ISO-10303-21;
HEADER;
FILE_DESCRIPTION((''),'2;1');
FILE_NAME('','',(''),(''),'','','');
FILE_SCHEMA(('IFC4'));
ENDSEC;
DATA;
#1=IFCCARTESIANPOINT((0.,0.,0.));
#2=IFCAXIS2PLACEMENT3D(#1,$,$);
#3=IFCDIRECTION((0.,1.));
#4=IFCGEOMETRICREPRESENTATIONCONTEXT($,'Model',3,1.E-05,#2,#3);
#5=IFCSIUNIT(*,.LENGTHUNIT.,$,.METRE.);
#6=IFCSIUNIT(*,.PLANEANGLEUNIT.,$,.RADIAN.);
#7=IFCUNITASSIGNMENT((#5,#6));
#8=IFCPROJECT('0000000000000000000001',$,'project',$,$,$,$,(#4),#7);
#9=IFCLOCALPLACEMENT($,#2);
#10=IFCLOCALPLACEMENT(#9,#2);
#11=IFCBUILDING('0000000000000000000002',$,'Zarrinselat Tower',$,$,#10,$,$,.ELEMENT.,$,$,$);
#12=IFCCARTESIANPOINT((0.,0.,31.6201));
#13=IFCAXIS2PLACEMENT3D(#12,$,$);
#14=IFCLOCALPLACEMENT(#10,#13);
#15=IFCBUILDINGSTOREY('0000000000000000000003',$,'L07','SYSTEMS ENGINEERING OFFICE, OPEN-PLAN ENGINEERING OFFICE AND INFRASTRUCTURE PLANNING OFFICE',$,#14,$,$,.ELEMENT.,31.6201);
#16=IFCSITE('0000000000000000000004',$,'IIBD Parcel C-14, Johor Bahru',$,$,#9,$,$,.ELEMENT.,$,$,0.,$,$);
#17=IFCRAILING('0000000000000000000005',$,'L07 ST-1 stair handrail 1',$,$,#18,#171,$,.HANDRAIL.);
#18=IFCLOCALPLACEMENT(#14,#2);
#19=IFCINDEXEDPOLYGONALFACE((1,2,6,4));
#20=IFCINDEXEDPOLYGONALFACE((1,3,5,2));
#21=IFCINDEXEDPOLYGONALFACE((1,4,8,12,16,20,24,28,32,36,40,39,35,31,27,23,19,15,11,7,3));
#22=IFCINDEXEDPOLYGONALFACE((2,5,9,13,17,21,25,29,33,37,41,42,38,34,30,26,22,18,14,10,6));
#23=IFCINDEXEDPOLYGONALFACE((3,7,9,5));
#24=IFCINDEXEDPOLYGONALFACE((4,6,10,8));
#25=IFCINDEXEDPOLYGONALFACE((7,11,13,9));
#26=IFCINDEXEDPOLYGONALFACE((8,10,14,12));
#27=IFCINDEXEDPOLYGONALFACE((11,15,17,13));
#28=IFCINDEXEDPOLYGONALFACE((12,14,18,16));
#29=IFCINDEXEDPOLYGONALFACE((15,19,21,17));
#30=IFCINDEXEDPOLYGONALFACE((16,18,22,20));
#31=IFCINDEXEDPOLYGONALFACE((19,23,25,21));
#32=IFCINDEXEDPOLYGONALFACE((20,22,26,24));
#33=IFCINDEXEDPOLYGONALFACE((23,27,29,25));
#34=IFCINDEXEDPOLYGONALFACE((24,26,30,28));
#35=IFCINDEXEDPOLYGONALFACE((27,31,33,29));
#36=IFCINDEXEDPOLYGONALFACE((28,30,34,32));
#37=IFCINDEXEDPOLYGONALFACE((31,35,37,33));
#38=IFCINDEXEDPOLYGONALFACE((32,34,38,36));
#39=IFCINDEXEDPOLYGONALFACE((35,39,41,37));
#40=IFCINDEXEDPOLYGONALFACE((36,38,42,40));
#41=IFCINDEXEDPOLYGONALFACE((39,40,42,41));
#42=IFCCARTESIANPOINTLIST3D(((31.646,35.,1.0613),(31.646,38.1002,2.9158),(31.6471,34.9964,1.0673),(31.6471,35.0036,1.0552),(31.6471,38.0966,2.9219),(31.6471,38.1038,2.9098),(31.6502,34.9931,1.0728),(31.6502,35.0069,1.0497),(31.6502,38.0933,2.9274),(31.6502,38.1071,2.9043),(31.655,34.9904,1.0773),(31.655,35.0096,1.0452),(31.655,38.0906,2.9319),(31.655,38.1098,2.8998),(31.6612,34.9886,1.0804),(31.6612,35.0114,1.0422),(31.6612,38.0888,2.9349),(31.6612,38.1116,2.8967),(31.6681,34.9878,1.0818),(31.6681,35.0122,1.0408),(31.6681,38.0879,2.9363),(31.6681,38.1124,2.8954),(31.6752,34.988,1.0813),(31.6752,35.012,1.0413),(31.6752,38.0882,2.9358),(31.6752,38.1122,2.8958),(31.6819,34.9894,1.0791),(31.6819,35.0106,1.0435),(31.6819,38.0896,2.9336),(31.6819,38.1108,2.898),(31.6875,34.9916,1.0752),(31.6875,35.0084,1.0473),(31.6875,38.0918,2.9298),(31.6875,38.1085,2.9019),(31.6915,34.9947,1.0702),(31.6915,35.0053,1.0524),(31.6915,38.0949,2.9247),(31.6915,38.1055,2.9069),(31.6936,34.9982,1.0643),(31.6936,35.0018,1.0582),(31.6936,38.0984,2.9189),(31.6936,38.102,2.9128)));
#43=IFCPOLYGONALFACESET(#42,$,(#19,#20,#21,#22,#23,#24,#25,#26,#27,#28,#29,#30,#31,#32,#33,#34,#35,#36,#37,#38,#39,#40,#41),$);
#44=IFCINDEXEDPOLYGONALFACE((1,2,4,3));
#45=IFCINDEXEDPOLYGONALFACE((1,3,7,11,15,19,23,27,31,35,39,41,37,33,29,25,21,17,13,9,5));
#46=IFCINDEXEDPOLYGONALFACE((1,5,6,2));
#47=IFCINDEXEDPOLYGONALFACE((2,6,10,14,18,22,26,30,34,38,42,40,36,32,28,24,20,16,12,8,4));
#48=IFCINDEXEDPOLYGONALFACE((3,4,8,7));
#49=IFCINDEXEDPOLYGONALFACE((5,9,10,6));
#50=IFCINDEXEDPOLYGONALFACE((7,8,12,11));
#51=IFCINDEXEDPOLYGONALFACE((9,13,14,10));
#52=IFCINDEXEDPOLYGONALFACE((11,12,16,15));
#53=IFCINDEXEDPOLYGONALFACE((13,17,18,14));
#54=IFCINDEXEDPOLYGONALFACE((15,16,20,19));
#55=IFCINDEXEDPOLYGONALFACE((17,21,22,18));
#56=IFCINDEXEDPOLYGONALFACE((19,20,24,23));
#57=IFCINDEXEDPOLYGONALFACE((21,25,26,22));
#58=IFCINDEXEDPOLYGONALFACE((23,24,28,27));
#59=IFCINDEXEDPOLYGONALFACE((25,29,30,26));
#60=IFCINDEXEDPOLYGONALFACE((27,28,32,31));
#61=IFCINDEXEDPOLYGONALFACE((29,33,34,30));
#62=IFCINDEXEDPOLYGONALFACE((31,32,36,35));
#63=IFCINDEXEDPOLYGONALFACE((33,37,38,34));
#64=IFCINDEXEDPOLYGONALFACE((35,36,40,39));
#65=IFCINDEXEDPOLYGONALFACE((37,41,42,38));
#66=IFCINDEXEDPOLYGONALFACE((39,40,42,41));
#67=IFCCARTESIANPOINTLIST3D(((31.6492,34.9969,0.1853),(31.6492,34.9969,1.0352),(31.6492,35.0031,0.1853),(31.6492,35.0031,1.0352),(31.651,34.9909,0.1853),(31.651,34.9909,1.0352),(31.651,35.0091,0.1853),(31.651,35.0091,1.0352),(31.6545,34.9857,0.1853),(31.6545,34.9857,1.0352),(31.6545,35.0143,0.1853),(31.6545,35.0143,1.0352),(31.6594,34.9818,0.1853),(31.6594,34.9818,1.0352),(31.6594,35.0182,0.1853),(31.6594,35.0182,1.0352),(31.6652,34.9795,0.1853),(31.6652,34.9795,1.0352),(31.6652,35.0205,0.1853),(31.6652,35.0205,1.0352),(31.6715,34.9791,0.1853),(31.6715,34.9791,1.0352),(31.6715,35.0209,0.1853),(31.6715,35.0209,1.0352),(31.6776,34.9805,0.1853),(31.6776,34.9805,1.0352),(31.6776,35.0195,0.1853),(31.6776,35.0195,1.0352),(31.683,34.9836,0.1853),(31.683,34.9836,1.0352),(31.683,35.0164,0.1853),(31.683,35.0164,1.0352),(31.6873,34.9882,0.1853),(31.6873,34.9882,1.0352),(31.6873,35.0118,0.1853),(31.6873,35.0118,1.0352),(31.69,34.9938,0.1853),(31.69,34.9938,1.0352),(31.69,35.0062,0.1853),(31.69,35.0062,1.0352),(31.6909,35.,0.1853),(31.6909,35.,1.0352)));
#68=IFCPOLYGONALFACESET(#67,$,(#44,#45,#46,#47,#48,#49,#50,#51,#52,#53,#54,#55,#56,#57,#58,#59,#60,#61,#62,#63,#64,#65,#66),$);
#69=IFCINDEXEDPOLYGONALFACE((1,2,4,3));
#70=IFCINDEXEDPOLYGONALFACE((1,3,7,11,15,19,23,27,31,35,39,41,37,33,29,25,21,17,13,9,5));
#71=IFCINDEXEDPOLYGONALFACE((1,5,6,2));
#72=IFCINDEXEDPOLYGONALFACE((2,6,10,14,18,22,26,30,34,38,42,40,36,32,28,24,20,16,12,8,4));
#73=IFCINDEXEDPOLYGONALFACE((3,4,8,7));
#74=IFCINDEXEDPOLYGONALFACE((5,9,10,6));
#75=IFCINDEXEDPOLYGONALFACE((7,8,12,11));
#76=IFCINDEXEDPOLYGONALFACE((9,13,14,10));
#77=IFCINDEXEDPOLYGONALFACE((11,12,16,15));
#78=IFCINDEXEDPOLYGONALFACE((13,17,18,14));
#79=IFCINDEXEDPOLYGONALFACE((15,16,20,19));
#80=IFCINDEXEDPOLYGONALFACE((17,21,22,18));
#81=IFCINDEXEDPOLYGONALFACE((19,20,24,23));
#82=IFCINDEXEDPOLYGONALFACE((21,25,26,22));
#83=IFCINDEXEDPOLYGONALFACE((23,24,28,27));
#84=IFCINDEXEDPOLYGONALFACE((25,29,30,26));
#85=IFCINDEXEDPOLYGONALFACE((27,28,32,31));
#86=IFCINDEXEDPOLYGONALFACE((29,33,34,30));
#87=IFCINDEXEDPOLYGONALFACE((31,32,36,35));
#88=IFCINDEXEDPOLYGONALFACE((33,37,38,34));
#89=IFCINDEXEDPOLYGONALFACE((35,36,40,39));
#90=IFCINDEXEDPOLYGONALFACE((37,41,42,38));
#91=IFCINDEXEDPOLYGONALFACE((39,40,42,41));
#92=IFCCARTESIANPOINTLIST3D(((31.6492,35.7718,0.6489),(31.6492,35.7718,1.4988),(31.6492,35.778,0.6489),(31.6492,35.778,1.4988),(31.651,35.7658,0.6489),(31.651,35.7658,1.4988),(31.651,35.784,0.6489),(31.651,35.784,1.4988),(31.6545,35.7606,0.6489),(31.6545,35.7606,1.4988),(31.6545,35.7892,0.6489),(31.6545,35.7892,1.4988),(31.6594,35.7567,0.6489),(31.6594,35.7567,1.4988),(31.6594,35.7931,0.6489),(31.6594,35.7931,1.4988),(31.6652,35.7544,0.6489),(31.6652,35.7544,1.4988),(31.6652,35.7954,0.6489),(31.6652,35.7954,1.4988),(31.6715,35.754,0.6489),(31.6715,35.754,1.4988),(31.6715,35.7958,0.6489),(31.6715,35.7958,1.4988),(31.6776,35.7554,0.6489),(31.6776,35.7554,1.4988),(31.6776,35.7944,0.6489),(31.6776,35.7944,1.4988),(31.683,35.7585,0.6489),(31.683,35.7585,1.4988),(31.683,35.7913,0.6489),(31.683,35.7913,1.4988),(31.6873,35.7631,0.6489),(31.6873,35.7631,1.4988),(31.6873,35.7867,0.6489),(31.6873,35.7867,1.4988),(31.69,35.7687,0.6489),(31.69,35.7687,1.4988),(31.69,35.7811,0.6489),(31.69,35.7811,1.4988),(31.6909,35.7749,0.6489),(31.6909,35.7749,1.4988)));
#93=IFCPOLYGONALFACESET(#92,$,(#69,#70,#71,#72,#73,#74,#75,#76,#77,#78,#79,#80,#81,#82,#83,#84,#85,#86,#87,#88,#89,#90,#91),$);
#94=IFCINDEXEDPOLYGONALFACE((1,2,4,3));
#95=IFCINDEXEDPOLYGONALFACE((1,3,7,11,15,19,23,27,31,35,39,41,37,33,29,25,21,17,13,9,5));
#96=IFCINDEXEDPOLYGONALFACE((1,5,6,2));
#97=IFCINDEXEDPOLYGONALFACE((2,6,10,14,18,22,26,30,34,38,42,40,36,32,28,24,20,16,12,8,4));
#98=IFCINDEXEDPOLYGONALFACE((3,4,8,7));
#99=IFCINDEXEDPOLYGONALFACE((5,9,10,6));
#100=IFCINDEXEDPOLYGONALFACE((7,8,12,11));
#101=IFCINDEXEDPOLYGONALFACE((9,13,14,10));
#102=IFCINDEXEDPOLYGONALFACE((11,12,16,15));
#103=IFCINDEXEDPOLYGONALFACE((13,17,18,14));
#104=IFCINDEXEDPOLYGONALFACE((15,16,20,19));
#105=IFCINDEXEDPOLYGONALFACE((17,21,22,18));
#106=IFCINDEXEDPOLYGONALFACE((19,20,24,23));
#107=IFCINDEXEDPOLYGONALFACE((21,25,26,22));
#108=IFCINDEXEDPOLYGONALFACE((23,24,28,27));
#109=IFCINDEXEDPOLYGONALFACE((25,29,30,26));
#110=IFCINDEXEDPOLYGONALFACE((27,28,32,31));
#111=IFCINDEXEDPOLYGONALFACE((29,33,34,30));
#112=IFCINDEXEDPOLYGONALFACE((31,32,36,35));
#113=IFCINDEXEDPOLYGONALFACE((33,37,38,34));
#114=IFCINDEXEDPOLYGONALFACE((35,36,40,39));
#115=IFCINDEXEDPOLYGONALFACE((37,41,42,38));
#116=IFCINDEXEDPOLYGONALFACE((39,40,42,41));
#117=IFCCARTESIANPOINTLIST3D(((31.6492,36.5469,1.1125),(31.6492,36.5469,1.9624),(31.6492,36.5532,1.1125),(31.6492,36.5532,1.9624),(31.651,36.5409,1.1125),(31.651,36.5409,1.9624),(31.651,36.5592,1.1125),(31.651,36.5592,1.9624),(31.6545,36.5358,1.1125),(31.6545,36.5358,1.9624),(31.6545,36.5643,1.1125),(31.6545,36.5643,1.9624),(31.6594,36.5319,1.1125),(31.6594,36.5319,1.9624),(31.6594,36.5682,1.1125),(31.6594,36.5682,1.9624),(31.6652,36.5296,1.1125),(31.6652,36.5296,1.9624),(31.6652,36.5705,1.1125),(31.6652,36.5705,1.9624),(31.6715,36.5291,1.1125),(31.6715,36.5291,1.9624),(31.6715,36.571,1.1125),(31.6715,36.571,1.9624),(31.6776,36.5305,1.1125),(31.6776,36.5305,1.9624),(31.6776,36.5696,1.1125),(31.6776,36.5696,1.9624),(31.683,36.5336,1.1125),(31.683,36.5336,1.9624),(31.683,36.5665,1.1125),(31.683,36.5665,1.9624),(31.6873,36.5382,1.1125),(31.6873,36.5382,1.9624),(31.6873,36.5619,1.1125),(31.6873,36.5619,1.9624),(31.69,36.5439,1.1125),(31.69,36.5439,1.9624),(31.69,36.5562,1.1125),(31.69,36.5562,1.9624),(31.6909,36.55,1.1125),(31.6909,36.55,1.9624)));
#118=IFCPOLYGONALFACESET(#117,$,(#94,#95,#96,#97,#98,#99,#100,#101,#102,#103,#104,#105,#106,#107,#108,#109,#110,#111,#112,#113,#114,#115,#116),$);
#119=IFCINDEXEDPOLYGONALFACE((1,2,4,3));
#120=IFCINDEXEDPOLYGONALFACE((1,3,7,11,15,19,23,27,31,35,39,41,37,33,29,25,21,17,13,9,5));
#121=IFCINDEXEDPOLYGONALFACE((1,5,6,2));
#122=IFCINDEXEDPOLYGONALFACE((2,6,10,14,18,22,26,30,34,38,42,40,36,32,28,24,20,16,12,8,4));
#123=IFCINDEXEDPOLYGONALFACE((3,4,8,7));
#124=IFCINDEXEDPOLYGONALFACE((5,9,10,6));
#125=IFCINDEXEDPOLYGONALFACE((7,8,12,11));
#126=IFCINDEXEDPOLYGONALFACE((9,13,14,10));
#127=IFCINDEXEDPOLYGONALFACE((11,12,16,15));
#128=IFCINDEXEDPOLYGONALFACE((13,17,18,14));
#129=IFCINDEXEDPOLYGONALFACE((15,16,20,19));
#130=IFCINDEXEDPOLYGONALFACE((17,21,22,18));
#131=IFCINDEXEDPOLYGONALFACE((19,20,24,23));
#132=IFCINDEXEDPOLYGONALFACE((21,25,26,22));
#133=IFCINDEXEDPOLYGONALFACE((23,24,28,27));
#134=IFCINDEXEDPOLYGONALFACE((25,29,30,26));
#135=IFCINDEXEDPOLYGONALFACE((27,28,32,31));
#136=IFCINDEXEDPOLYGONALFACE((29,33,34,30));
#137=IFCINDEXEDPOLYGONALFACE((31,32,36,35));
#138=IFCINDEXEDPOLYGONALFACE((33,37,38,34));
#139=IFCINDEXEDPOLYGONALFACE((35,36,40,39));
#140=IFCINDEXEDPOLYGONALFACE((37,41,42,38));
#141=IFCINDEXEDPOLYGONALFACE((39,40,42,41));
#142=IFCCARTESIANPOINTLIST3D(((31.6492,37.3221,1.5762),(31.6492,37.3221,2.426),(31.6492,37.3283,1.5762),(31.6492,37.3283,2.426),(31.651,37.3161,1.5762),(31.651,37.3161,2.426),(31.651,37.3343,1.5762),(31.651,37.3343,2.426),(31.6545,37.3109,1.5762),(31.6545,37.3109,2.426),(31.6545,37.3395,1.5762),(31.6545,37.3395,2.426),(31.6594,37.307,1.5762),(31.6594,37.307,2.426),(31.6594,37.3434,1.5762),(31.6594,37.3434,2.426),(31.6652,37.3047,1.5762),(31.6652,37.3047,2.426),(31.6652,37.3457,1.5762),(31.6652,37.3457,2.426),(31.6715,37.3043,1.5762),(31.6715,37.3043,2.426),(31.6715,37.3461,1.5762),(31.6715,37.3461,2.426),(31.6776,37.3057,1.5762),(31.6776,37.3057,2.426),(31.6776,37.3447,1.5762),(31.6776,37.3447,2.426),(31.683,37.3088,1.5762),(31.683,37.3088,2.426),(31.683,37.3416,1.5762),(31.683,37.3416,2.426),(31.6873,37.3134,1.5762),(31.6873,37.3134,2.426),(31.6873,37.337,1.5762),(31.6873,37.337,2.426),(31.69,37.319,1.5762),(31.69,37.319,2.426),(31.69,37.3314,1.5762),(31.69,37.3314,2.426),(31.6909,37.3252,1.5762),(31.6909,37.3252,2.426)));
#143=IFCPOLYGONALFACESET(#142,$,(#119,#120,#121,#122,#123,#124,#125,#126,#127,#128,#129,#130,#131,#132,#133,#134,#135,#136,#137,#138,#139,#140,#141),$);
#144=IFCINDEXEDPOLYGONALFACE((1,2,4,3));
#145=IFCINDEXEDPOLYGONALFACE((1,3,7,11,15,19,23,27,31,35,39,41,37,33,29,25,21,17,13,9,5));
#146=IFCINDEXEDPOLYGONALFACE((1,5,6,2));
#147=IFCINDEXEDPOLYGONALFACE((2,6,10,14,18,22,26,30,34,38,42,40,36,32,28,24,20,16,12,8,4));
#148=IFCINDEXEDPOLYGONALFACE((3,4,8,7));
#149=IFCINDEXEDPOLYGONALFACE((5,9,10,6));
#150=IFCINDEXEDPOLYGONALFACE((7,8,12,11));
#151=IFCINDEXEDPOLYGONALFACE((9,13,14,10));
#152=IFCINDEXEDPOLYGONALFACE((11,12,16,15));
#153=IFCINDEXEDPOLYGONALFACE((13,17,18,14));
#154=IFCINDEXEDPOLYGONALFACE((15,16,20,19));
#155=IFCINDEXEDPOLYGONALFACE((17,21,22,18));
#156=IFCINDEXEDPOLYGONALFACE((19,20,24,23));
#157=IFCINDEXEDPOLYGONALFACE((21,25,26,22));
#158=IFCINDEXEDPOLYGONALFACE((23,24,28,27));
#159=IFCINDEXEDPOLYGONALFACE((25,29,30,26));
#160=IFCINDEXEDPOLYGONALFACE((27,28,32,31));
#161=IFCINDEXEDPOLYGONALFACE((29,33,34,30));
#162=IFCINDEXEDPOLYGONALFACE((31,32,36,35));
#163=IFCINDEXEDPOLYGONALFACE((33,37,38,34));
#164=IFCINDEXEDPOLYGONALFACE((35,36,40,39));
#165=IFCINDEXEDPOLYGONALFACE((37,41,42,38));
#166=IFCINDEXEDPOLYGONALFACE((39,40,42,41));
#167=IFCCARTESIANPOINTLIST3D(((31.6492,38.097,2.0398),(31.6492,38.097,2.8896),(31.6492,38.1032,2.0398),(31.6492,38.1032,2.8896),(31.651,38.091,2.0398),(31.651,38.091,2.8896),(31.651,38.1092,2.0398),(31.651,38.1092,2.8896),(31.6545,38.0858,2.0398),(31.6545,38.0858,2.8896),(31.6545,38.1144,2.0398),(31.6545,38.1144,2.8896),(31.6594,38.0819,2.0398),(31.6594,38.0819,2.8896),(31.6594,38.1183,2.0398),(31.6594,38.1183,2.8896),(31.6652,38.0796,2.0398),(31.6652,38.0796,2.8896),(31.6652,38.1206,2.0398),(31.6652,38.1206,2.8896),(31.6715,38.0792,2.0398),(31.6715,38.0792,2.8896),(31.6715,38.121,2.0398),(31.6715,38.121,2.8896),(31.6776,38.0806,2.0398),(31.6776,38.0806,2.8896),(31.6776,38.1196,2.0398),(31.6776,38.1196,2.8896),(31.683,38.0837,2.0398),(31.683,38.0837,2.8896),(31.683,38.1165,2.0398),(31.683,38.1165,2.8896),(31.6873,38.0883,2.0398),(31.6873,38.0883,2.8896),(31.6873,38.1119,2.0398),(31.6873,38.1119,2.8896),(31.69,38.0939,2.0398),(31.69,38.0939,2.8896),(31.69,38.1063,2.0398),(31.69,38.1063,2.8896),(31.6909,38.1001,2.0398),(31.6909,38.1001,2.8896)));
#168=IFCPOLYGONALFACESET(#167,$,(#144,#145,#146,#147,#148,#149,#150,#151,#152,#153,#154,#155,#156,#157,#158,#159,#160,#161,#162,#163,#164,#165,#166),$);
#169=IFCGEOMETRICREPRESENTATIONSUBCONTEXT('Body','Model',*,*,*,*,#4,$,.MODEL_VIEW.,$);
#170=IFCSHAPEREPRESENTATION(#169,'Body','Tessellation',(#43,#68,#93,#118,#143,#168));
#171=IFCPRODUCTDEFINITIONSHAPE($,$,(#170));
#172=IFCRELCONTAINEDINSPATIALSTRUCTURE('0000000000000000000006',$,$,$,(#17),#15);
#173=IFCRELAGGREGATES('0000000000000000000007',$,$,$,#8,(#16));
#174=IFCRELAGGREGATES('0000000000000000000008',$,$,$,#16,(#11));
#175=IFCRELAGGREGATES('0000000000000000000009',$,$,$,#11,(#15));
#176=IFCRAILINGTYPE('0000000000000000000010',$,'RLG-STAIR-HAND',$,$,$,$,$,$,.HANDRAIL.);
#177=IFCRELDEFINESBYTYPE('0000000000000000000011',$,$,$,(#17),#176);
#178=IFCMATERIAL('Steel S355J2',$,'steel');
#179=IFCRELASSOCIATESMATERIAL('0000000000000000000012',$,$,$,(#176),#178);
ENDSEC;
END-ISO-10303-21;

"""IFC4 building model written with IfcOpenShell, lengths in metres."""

from ifc_helpers import new_model, si_unit, direction, frame, origin, origin_2d, place, context, subcontext, project, spatial, circle, extrude, material, type_object, element, save


model = new_model("IFC4")

# Units and contexts
model_context = context("Model", 3, precision=1e-05, world=origin(), true_north=direction((0.0, 1.0)))
body_context = subcontext(model_context, "Body", "Model", "MODEL_VIEW")
ifc_project = project(units=[si_unit("LENGTHUNIT", "METRE"), si_unit("PLANEANGLEUNIT", "RADIAN")], contexts=[model_context])

# Site, building, storey
site_placement = place(None, origin())
site = spatial("IfcSite", under=ifc_project, at=site_placement, Name="IIBD Parcel C-14, Johor Bahru", CompositionType="ELEMENT", RefElevation=0.0)
building_placement = place(site_placement, origin())
building = spatial("IfcBuilding", under=site, at=building_placement, Name="Zarrinselat Tower", CompositionType="ELEMENT")
storey_placement = place(building_placement, frame((0.0, 0.0, 31.6201)))
storey = spatial("IfcBuildingStorey", under=building, at=storey_placement, Name="L07", Description="SYSTEMS ENGINEERING OFFICE, OPEN-PLAN ENGINEERING OFFICE AND INFRASTRUCTURE PLANNING OFFICE", CompositionType="ELEMENT", Elevation=31.6201)

# Railing
ifc_material_1 = material(Name="Steel S355J2", Category="steel")
railing_type_1 = type_object("IfcRailingType", Name="RLG-STAIR-HAND", PredefinedType="HANDRAIL", material=ifc_material_1)
railing_1_placement = place(storey_placement, frame((31.6699, 35.0, 0.1853)))
element("IfcRailing", 1, at=railing_1_placement, inside=storey, type_object=railing_type_1, Name="L07 ST-1 stair handrail 1", PredefinedType="HANDRAIL", context=body_context, shape_type="SweptSolid", body=[
    extrude(circle(Radius=0.0239, at=origin_2d()), frame((0.0, 0.0, 0.876), z_axis=(0.0, 0.858172, 0.513362), x_axis=(-1.0, 0.0, 0.0)), (0.0, 0.0, 1.0), 3.6125),
    extrude(circle(Radius=0.021, at=origin_2d()), origin(), (0.0, 0.0, 1.0), 0.8499),
    extrude(circle(Radius=0.021, at=origin_2d()), frame((0.0, 0.7749, 0.4636)), (0.0, 0.0, 1.0), 0.8499),
    extrude(circle(Radius=0.021, at=origin_2d()), frame((0.0, 1.55, 0.9272)), (0.0, 0.0, 1.0), 0.8499),
    extrude(circle(Radius=0.021, at=origin_2d()), frame((0.0, 2.3252, 1.3909)), (0.0, 0.0, 1.0), 0.8499),
    extrude(circle(Radius=0.021, at=origin_2d()), frame((0.0, 3.1001, 1.8545)), (0.0, 0.0, 1.0), 0.8499),
])

save(model, "model.ifc")
